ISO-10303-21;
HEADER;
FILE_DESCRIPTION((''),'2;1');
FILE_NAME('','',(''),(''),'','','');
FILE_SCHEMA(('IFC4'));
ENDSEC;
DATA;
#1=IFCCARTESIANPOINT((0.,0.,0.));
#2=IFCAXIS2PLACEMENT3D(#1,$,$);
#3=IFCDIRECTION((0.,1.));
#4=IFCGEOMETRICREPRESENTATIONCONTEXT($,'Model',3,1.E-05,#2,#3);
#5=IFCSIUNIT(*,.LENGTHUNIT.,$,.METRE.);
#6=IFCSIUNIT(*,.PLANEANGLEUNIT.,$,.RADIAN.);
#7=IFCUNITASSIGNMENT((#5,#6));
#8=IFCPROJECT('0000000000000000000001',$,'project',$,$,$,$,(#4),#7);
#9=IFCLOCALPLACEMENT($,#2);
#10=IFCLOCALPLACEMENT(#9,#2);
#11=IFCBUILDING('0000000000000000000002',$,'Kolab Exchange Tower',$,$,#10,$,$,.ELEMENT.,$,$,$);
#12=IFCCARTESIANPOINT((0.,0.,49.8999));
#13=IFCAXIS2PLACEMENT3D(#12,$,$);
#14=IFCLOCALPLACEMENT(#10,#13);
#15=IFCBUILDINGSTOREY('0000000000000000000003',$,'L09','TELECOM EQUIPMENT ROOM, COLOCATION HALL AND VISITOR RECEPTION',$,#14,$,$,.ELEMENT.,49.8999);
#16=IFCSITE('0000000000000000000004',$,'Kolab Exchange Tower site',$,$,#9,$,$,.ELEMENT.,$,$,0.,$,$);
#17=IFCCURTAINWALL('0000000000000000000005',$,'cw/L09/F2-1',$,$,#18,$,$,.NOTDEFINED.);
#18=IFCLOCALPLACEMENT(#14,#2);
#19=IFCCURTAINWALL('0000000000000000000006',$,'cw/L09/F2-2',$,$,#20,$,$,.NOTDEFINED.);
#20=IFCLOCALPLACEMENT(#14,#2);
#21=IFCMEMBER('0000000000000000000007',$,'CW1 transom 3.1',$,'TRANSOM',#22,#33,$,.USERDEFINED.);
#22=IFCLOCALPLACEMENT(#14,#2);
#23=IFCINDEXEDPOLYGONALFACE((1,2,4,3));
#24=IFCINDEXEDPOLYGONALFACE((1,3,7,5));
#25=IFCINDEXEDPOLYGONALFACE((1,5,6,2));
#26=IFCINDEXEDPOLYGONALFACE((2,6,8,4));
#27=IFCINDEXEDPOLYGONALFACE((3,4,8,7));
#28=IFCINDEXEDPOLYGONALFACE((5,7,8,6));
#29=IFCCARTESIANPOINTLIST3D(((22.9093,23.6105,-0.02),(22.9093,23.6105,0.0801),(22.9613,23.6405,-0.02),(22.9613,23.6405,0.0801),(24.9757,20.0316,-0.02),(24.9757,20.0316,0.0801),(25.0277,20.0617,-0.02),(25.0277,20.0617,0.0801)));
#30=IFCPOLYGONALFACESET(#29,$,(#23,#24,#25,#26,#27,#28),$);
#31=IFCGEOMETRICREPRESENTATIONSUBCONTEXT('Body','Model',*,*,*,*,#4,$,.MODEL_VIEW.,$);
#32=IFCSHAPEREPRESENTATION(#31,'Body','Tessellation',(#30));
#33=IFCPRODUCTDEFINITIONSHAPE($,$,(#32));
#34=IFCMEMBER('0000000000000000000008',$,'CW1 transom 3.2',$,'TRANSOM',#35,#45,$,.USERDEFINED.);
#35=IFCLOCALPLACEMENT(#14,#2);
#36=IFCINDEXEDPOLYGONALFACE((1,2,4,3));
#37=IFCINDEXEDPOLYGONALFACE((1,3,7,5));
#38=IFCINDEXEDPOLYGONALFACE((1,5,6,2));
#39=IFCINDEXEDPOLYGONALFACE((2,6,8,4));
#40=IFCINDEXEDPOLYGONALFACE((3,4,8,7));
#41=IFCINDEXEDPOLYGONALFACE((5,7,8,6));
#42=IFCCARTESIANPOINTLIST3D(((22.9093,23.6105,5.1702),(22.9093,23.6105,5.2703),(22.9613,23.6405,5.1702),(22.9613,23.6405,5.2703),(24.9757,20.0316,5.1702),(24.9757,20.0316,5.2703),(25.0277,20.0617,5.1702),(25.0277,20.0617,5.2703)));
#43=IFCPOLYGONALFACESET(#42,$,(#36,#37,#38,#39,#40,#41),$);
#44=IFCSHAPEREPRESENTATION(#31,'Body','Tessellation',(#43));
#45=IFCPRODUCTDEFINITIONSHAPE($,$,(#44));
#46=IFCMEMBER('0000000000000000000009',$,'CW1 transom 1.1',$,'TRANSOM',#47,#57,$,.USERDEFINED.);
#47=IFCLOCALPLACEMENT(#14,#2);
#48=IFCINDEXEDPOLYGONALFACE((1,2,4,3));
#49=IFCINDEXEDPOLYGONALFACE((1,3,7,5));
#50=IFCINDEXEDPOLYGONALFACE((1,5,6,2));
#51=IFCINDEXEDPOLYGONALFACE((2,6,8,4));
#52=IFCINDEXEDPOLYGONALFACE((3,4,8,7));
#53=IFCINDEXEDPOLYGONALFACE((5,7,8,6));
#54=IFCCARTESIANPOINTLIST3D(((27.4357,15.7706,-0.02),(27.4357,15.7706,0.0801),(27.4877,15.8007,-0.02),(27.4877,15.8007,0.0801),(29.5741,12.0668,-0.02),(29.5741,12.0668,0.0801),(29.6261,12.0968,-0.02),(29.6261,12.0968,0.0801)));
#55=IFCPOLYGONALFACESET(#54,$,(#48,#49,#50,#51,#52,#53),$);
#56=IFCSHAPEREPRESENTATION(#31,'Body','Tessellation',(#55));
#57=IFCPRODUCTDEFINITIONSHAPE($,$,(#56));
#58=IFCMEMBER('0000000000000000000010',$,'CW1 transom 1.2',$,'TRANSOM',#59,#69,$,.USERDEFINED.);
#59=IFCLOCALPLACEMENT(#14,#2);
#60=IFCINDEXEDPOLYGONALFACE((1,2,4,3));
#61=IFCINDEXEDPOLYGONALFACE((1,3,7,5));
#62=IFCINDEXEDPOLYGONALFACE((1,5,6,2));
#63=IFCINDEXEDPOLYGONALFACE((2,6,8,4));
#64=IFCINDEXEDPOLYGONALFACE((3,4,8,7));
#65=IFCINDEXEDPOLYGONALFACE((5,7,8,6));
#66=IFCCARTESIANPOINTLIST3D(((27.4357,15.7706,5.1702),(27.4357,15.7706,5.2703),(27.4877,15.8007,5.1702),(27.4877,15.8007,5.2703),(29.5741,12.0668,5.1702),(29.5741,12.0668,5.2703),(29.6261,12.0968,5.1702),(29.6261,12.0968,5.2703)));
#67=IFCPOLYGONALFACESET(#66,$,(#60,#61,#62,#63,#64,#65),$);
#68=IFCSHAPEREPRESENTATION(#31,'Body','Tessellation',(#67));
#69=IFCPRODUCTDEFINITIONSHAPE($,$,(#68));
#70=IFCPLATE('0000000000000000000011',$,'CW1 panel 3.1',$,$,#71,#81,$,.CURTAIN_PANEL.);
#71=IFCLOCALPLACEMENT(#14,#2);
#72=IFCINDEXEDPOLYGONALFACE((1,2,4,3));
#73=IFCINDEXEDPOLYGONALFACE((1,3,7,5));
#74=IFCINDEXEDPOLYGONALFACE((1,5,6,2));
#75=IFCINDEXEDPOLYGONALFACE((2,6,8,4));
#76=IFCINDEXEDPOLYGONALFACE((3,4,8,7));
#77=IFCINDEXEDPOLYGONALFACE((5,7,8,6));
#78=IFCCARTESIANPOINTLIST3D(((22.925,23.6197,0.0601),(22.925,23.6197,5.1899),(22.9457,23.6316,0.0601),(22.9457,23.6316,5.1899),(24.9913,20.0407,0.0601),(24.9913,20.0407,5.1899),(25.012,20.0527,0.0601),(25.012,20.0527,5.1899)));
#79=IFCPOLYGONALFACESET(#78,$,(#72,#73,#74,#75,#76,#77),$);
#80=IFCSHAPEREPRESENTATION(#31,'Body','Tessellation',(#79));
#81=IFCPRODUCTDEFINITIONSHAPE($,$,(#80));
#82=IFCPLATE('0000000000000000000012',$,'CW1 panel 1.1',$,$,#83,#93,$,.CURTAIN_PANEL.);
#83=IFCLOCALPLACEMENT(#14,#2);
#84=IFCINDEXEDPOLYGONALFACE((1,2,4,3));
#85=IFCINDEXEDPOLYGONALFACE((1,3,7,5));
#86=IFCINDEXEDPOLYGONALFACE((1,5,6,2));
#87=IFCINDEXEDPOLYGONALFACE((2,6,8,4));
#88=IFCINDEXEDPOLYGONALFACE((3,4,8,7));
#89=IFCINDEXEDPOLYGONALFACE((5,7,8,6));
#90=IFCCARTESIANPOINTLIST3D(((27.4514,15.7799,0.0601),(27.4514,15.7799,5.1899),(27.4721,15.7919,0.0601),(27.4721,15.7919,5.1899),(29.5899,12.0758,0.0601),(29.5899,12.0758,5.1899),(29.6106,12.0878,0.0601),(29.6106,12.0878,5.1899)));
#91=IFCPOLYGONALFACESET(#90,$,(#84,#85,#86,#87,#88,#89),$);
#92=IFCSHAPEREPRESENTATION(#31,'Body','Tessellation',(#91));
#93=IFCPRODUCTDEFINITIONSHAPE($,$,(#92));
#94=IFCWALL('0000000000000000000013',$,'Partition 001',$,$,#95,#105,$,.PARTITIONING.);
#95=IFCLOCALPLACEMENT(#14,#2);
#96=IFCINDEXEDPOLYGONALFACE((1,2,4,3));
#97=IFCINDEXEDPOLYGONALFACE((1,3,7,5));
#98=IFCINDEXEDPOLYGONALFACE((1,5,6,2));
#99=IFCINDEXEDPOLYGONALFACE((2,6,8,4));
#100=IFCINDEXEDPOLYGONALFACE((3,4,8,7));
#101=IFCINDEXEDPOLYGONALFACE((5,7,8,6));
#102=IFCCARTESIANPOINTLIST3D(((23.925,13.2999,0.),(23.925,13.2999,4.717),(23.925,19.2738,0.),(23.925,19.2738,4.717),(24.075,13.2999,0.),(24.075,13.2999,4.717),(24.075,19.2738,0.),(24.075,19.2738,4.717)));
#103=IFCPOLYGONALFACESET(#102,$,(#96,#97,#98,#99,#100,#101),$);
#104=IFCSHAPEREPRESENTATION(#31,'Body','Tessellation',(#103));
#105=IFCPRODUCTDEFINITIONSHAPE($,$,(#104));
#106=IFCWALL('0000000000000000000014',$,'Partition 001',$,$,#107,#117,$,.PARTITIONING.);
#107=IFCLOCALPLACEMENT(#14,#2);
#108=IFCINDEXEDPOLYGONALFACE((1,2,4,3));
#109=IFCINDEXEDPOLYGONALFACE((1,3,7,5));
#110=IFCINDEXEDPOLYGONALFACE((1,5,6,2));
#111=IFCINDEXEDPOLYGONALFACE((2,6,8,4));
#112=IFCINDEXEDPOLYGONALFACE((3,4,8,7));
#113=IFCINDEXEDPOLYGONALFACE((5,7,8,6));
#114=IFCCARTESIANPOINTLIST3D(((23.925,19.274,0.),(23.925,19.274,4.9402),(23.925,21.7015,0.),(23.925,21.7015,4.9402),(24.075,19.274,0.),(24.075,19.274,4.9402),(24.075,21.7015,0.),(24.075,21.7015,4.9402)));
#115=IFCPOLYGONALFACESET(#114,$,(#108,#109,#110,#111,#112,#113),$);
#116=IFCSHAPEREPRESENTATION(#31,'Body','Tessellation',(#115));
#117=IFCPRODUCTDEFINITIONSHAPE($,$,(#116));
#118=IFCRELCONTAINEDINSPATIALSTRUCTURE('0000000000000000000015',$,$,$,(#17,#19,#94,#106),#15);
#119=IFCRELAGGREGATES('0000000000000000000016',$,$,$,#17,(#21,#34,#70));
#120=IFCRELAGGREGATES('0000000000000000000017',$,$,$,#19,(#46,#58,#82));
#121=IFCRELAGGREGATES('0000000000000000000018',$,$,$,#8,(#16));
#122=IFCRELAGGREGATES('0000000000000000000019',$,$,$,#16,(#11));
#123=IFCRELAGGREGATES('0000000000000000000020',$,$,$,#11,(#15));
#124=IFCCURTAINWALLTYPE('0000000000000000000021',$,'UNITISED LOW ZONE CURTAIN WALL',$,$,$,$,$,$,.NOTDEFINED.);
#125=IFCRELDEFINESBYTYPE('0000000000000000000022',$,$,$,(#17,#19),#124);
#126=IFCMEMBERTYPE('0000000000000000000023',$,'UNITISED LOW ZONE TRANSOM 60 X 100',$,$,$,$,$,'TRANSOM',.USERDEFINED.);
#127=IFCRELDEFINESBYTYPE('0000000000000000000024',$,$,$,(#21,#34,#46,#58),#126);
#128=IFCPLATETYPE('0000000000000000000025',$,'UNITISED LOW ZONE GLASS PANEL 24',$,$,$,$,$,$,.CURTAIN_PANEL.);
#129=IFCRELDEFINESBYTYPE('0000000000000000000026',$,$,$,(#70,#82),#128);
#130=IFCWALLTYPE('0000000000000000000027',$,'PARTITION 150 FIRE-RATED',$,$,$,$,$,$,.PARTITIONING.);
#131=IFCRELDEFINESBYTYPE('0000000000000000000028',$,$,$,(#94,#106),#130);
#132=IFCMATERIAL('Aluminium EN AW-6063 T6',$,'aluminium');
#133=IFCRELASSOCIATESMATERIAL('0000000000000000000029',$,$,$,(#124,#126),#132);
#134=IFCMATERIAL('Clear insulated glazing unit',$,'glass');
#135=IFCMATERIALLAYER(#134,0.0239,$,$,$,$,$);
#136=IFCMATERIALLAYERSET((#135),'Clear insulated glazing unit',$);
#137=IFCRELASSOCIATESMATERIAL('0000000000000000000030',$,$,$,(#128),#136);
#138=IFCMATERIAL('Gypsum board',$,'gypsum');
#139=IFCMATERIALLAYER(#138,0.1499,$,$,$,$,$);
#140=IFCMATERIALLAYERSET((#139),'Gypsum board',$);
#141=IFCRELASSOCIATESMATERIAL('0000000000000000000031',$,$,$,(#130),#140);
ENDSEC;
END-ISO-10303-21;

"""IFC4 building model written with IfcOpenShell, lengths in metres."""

from ifc_helpers import new_model, si_unit, direction, frame, frame_2d, origin, origin_2d, place, context, subcontext, project, spatial, rectangle, extrude, material, layer, layer_set, material_profile, profile_set, type_object, element, aggregate, save


model = new_model("IFC4")

# Units and contexts
model_context = context("Model", 3, precision=1e-05, world=origin(), true_north=direction((0.0, 1.0)))
body_context = subcontext(model_context, "Body", "Model", "MODEL_VIEW")
ifc_project = project(units=[si_unit("LENGTHUNIT", "METRE"), si_unit("PLANEANGLEUNIT", "RADIAN")], contexts=[model_context])

# Site, building, storey
site_placement = place(None, origin())
site = spatial("IfcSite", under=ifc_project, at=site_placement, Name="Kolab Exchange Tower site", CompositionType="ELEMENT", RefElevation=0.0)
building_placement = place(site_placement, origin())
building = spatial("IfcBuilding", under=site, at=building_placement, Name="Kolab Exchange Tower", CompositionType="ELEMENT")
storey_placement = place(building_placement, frame((0.0, 0.0, 49.8999)))
storey = spatial("IfcBuildingStorey", under=building, at=storey_placement, Name="L09", Description="TELECOM EQUIPMENT ROOM, COLOCATION HALL AND VISITOR RECEPTION", CompositionType="ELEMENT", Elevation=49.8999)

# Curtain walls
ifc_material_1 = material(Name="Aluminium EN AW-6063 T6", Category="aluminium")
curtain_wall_type = type_object("IfcCurtainWallType", Name="UNITISED LOW ZONE CURTAIN WALL", PredefinedType="NOTDEFINED", material=ifc_material_1)
curtain_wall_1_placement = place(storey_placement, origin())
curtain_wall_1 = element("IfcCurtainWall", 1, at=curtain_wall_1_placement, inside=storey, type_object=curtain_wall_type, Name="cw/L09/F2-1", PredefinedType="NOTDEFINED")
curtain_wall_2_placement = place(storey_placement, origin())
curtain_wall_2 = element("IfcCurtainWall", 2, at=curtain_wall_2_placement, inside=storey, type_object=curtain_wall_type, Name="cw/L09/F2-2", PredefinedType="NOTDEFINED")

# Members
ifc_material_profile_1 = material_profile(ifc_material_1, rectangle(XDim=0.0601, YDim=0.1001, at=origin_2d()), Name="RECT 60X100")
ifc_profile_set_1 = profile_set([ifc_material_profile_1], Name="Aluminium EN AW-6063 T6")
member_type_1 = type_object("IfcMemberType", Name="UNITISED LOW ZONE TRANSOM 60 X 100", ElementType="TRANSOM", PredefinedType="USERDEFINED", material=ifc_profile_set_1)
member_1_placement = place(storey_placement, frame((22.9353, 23.6255, 0.03), z_axis=(0.500028, -0.866009, 0.0), x_axis=(0.866009, 0.500028, 0.0)))
member_1 = element("IfcMember", 3, at=member_1_placement, type_object=member_type_1, Name="CW1 transom 3.1", ObjectType="TRANSOM", PredefinedType="USERDEFINED", context=body_context, shape_type="SweptSolid", body=[
    extrude(rectangle(XDim=0.0601, YDim=0.1001, at=origin_2d()), origin(), (0.0, 0.0, 1.0), 4.1326),
])
member_2_placement = place(storey_placement, frame((22.9353, 23.6255, 5.2202), z_axis=(0.500028, -0.866009, 0.0), x_axis=(0.866009, 0.500028, 0.0)))
member_2 = element("IfcMember", 4, at=member_2_placement, type_object=member_type_1, Name="CW1 transom 3.2", ObjectType="TRANSOM", PredefinedType="USERDEFINED", context=body_context, shape_type="SweptSolid", body=[
    extrude(rectangle(XDim=0.0601, YDim=0.1001, at=origin_2d()), origin(), (0.0, 0.0, 1.0), 4.1326),
])
member_3_placement = place(storey_placement, frame((27.4617, 15.7856, 0.03), z_axis=(0.500001, -0.866025, 0.0), x_axis=(0.866025, 0.500001, 0.0)))
member_3 = element("IfcMember", 5, at=member_3_placement, type_object=member_type_1, Name="CW1 transom 1.1", ObjectType="TRANSOM", PredefinedType="USERDEFINED", context=body_context, shape_type="SweptSolid", body=[
    extrude(rectangle(XDim=0.0601, YDim=0.1001, at=origin_2d()), origin(), (0.0, 0.0, 1.0), 4.2769),
])
member_4_placement = place(storey_placement, frame((27.4617, 15.7856, 5.2202), z_axis=(0.500001, -0.866025, 0.0), x_axis=(0.866025, 0.500001, 0.0)))
member_4 = element("IfcMember", 6, at=member_4_placement, type_object=member_type_1, Name="CW1 transom 1.2", ObjectType="TRANSOM", PredefinedType="USERDEFINED", context=body_context, shape_type="SweptSolid", body=[
    extrude(rectangle(XDim=0.0601, YDim=0.1001, at=origin_2d()), origin(), (0.0, 0.0, 1.0), 4.2769),
])

# Plates
ifc_material_2 = material(Name="Clear insulated glazing unit", Category="glass")
ifc_layer_1 = layer(ifc_material_2, 0.0239)
ifc_layer_set_1 = layer_set([ifc_layer_1], Name="Clear insulated glazing unit")
plate_type = type_object("IfcPlateType", Name="UNITISED LOW ZONE GLASS PANEL 24", PredefinedType="CURTAIN_PANEL", material=ifc_layer_set_1)
plate_1_placement = place(storey_placement, frame((23.9685, 21.8362, 0.0601), z_axis=(0.0, 0.0, 1.0), x_axis=(0.5, -0.866025, 0.0)))
plate_1 = element("IfcPlate", 7, at=plate_1_placement, type_object=plate_type, Name="CW1 panel 3.1", PredefinedType="CURTAIN_PANEL", context=body_context, shape_type="SweptSolid", body=[
    extrude(rectangle(XDim=4.1326, YDim=0.0239, at=origin_2d()), origin(), (0.0, 0.0, 1.0), 5.1299),
])
aggregate(curtain_wall_1, [member_1, member_2, plate_1])
plate_2_placement = place(storey_placement, frame((28.531, 13.9338, 0.0601), z_axis=(0.0, 0.0, 1.0), x_axis=(0.5, -0.866025, 0.0)))
plate_2 = element("IfcPlate", 8, at=plate_2_placement, type_object=plate_type, Name="CW1 panel 1.1", PredefinedType="CURTAIN_PANEL", context=body_context, shape_type="SweptSolid", body=[
    extrude(rectangle(XDim=4.2771, YDim=0.0239, at=origin_2d()), origin(), (0.0, 0.0, 1.0), 5.1299),
])
aggregate(curtain_wall_2, [member_3, member_4, plate_2])

# Walls
ifc_material_3 = material(Name="Gypsum board", Category="gypsum")
ifc_layer_2 = layer(ifc_material_3, 0.1499)
ifc_layer_set_2 = layer_set([ifc_layer_2], Name="Gypsum board")
wall_type_1 = type_object("IfcWallType", Name="PARTITION 150 FIRE-RATED", PredefinedType="PARTITIONING", material=ifc_layer_set_2)
wall_1_placement = place(storey_placement, frame((24.0, 13.3, 0.0), z_axis=(0.0, 0.0, 1.0), x_axis=(0.0, 1.0, 0.0)))
element("IfcWall", 9, at=wall_1_placement, inside=storey, type_object=wall_type_1, Name="Partition 001", PredefinedType="PARTITIONING", context=body_context, shape_type="SweptSolid", body=[
    extrude(rectangle(XDim=5.9739, YDim=0.1499, at=frame_2d((2.9868, 0.0))), origin(), (0.0, 0.0, 1.0), 4.717),
])
wall_2_placement = place(storey_placement, frame((24.0, 19.2739, 0.0), z_axis=(0.0, 0.0, 1.0), x_axis=(0.0, 1.0, 0.0)))
element("IfcWall", 10, at=wall_2_placement, inside=storey, type_object=wall_type_1, Name="Partition 001", PredefinedType="PARTITIONING", context=body_context, shape_type="SweptSolid", body=[
    extrude(rectangle(XDim=2.4275, YDim=0.1499, at=frame_2d((1.2139, 0.0))), origin(), (0.0, 0.0, 1.0), 4.9402),
])

save(model, "model.ifc")
